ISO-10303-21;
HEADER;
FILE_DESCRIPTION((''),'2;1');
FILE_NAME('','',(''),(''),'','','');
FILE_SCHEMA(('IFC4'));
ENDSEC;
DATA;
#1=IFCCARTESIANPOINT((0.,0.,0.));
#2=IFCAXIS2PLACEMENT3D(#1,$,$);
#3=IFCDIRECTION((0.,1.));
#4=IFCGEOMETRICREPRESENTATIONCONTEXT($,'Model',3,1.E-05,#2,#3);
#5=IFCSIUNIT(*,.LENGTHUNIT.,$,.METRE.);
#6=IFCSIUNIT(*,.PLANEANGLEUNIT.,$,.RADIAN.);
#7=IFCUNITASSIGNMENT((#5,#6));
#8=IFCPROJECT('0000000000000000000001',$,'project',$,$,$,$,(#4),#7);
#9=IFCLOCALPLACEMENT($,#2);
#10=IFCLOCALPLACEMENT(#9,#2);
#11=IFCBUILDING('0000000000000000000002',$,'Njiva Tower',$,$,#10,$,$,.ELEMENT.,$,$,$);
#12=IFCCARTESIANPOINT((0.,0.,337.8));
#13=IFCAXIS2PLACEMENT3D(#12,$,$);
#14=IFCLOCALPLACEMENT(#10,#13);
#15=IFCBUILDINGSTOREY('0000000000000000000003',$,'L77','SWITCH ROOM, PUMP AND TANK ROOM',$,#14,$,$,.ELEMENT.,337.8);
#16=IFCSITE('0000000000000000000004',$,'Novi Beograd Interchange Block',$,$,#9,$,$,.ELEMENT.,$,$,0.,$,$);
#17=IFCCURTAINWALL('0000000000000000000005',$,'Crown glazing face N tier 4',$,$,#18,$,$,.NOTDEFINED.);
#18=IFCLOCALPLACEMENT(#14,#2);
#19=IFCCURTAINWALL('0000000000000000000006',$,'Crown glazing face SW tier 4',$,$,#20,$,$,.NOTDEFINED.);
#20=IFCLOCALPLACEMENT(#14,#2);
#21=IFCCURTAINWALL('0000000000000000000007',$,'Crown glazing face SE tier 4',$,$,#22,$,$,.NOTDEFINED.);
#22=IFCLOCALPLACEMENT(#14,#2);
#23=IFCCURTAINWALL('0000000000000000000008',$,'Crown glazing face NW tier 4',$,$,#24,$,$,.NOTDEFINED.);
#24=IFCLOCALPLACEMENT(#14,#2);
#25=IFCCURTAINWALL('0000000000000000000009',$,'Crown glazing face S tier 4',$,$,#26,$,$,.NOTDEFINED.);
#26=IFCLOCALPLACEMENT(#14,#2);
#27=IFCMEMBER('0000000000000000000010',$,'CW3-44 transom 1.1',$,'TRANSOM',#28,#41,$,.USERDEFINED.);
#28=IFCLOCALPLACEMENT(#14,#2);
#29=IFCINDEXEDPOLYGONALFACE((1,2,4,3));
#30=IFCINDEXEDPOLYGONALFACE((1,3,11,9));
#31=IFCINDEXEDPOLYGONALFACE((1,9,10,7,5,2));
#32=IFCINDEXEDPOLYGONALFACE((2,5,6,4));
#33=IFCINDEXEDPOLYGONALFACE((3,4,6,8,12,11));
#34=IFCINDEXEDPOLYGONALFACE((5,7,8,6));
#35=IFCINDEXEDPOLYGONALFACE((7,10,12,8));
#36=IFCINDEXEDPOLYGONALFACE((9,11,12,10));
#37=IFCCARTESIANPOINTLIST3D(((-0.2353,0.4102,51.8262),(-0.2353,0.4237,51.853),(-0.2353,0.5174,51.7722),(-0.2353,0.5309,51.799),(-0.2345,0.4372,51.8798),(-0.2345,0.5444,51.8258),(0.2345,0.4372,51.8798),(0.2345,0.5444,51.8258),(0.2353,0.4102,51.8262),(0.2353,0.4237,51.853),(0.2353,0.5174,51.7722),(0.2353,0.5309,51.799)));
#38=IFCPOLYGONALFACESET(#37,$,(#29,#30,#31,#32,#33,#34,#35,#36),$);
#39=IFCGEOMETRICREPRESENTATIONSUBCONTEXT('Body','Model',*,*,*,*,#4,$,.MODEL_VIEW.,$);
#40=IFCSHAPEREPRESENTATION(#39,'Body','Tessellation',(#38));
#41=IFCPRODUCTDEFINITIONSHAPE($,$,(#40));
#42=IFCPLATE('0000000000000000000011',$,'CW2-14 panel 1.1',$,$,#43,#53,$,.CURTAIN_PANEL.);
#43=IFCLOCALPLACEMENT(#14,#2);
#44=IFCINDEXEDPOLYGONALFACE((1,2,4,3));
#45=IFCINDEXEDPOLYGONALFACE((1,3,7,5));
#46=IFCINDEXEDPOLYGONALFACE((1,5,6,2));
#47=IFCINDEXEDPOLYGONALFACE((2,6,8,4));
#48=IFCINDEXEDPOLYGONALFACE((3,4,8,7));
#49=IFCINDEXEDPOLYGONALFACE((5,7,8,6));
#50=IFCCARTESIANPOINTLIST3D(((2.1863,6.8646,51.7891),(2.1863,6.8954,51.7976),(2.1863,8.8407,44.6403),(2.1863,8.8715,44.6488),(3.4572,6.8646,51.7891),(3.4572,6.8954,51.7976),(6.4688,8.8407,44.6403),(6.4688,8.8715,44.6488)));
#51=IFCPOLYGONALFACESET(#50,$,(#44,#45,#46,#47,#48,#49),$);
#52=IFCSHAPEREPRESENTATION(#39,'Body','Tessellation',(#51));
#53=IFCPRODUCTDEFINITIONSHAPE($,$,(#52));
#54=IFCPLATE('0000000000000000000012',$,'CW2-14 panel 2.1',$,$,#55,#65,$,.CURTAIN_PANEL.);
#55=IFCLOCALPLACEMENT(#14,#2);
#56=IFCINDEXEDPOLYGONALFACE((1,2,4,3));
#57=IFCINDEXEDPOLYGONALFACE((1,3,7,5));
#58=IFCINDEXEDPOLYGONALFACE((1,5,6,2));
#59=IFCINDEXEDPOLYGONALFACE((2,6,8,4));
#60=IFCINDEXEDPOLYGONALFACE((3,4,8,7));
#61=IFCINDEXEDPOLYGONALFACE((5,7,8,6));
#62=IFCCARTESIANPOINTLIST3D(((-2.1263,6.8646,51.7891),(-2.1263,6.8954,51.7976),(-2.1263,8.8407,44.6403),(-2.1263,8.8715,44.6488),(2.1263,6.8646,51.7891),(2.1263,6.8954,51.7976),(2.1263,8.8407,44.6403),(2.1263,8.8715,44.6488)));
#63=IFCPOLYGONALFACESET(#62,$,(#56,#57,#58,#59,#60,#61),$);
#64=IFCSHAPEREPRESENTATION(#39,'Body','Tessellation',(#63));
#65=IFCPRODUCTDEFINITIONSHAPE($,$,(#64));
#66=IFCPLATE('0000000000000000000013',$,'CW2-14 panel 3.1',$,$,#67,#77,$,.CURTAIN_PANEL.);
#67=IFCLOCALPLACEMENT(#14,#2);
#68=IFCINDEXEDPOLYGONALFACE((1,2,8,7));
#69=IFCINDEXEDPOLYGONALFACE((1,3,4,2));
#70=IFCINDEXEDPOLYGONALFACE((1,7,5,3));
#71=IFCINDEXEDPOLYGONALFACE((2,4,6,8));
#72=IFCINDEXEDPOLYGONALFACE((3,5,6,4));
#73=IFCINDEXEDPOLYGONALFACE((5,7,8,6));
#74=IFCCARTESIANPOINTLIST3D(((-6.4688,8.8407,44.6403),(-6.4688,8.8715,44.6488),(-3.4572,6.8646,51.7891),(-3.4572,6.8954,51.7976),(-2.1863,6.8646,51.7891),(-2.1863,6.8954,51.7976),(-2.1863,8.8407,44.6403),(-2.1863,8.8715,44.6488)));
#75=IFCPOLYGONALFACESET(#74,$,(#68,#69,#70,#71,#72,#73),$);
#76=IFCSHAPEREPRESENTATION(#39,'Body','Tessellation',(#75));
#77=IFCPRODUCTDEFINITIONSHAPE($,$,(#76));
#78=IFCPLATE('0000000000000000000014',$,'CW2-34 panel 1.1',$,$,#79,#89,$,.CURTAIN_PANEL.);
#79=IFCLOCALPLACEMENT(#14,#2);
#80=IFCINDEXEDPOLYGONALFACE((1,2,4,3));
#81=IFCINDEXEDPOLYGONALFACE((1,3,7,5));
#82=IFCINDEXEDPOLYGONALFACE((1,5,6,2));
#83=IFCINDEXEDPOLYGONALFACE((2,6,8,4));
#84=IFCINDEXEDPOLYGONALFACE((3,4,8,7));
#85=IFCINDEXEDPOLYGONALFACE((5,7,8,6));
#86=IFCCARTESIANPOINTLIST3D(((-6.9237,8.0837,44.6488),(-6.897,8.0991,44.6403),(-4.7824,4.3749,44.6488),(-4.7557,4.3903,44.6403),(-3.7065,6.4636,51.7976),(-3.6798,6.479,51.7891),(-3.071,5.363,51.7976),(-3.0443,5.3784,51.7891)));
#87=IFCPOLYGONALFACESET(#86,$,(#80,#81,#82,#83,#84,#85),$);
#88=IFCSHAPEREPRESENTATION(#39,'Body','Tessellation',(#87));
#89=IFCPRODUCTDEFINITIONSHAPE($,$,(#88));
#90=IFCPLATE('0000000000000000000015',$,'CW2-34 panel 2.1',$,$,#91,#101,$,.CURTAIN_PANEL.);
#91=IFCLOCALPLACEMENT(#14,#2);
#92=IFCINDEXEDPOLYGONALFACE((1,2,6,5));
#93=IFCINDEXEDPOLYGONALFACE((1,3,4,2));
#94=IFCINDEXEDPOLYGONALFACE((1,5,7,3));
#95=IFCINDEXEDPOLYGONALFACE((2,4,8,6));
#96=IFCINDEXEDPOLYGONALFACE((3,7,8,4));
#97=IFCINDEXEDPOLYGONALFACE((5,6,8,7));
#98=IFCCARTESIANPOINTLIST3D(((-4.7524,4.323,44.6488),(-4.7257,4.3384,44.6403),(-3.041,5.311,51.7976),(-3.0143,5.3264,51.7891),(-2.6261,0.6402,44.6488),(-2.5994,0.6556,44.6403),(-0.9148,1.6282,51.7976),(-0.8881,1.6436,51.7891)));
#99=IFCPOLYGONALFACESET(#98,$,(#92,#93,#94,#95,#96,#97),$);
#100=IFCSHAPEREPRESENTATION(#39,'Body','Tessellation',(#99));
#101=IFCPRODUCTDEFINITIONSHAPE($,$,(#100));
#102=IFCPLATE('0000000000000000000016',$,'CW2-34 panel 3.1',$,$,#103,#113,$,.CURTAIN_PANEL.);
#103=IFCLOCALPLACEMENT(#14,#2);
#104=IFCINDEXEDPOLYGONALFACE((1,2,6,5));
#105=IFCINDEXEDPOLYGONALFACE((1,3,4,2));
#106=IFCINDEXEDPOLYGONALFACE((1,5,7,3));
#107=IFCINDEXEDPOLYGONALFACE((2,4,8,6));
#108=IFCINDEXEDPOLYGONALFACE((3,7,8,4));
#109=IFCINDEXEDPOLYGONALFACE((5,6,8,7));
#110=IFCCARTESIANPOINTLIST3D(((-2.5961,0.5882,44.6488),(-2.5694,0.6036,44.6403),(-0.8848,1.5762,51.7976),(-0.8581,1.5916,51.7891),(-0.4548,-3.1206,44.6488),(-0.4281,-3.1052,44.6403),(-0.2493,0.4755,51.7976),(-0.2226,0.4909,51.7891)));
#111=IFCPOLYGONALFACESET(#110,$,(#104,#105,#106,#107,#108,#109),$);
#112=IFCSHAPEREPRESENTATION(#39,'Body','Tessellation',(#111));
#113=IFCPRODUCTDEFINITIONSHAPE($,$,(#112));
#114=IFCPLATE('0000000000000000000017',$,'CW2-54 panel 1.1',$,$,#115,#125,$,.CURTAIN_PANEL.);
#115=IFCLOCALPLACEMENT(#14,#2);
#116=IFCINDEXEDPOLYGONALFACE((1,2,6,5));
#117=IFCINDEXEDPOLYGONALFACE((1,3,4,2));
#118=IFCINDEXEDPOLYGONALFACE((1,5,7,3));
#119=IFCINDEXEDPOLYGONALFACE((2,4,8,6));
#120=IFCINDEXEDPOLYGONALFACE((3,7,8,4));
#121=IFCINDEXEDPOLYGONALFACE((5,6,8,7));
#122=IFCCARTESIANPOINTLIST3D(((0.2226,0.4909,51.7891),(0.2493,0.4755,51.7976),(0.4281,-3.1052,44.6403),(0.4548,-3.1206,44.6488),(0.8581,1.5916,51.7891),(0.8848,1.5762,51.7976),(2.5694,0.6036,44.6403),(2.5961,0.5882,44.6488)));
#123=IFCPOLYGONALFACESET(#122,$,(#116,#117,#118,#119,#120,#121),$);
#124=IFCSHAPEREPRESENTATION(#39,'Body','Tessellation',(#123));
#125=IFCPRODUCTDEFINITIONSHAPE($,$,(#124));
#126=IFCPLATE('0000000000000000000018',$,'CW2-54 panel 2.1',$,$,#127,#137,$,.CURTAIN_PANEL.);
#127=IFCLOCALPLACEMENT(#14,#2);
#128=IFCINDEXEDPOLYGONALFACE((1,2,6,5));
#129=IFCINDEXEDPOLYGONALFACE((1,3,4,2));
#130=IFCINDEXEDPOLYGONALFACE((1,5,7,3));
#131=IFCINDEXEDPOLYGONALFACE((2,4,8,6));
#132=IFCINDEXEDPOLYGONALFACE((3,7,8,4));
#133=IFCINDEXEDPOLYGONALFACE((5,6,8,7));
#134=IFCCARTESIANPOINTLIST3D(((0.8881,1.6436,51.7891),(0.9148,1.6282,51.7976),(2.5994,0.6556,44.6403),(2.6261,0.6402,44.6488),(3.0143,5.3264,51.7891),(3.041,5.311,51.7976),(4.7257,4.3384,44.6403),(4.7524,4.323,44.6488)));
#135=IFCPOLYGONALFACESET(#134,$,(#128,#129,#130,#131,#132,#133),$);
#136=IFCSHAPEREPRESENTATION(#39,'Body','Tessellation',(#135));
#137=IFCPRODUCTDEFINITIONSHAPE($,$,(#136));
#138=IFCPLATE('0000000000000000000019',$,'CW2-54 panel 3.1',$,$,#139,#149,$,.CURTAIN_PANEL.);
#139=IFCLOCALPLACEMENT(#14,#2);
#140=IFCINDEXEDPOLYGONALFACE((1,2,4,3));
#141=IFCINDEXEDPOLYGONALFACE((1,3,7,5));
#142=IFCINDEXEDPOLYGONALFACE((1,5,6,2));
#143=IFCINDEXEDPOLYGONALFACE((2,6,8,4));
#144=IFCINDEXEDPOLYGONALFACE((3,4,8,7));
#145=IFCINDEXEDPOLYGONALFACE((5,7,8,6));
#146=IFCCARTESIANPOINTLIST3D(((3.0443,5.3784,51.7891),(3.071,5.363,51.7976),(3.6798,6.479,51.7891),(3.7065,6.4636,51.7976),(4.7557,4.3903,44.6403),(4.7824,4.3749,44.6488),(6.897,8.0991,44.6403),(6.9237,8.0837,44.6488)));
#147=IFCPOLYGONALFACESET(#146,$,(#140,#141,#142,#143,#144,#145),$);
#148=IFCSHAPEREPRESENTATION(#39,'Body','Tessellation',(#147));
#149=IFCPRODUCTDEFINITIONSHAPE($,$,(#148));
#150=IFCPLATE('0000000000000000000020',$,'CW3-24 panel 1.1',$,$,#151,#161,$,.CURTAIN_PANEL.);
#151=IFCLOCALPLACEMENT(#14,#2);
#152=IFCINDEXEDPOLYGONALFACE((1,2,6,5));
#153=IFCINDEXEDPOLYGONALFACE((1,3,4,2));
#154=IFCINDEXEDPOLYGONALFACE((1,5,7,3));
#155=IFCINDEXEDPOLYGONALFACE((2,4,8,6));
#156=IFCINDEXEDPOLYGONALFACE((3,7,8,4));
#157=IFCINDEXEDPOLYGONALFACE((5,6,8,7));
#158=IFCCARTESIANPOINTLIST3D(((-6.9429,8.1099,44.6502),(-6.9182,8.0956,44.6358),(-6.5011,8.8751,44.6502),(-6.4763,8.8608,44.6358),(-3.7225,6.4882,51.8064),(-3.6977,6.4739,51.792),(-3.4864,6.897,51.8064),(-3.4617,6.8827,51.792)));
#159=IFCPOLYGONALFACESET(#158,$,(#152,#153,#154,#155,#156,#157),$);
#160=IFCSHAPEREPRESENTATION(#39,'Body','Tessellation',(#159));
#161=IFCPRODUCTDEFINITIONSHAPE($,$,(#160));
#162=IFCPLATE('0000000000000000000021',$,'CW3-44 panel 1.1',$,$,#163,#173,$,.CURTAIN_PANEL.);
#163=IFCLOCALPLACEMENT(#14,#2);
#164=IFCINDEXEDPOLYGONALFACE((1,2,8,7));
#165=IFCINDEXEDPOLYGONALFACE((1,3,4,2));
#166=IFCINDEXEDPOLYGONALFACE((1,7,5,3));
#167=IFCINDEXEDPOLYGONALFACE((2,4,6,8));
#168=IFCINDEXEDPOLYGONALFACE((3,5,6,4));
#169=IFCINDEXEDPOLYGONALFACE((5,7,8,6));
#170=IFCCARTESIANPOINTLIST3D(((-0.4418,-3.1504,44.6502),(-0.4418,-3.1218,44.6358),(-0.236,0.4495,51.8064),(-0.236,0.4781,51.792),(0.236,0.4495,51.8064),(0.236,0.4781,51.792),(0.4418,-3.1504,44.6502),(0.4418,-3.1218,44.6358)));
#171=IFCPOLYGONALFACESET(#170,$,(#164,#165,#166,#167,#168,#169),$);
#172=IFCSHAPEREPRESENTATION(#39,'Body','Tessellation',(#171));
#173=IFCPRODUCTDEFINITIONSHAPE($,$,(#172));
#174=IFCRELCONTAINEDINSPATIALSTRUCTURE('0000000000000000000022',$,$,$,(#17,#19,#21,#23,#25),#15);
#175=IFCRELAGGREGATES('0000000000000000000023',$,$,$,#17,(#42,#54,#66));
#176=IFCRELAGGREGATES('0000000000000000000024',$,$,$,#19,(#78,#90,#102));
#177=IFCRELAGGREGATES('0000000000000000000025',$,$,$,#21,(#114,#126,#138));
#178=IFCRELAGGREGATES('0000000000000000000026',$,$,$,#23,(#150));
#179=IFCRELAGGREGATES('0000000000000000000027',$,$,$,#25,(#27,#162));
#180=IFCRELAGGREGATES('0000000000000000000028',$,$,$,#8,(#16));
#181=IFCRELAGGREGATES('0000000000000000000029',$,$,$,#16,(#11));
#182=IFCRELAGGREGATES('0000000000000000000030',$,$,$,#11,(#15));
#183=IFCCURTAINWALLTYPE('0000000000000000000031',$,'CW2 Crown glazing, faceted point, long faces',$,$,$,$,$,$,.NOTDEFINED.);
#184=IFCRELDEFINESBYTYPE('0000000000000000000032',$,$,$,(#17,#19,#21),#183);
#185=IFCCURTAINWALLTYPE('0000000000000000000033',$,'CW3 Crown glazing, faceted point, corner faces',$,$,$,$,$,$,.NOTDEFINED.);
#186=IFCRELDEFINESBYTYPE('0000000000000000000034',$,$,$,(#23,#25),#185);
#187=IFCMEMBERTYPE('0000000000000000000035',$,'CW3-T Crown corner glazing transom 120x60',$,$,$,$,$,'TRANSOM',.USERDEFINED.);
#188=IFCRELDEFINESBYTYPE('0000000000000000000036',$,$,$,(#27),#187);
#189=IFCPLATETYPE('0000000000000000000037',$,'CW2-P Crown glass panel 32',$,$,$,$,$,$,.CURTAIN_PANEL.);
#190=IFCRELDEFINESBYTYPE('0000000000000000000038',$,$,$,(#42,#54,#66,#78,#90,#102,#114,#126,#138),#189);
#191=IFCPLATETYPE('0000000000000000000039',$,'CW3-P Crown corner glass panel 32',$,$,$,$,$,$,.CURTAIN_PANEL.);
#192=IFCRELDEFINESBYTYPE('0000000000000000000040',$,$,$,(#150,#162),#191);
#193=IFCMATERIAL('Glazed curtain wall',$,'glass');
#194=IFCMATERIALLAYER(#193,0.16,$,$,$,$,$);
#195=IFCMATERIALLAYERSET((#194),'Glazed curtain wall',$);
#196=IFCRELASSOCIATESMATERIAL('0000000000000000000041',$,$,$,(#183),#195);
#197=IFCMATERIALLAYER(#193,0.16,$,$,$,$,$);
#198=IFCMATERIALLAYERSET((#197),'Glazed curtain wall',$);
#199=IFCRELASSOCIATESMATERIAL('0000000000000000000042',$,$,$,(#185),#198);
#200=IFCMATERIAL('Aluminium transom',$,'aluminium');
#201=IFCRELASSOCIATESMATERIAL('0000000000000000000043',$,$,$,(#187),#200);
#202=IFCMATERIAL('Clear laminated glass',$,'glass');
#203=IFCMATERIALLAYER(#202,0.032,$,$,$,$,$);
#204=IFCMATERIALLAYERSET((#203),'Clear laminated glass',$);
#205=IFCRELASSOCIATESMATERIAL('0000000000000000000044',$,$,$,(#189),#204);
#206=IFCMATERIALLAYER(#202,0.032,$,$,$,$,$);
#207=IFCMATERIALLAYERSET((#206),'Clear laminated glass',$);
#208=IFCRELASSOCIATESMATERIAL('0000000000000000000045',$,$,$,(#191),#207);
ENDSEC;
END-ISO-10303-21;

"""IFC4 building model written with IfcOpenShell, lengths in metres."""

from ifc_helpers import new_model, si_unit, direction, frame, origin, origin_2d, place, context, subcontext, project, spatial, polyline, rectangle, outline, extrude, clip, halfspace, material, layer, layer_set, material_profile, profile_set, type_object, element, aggregate, save


model = new_model("IFC4")

# Units and contexts
model_context = context("Model", 3, precision=1e-05, world=origin(), true_north=direction((0.0, 1.0)))
body_context = subcontext(model_context, "Body", "Model", "MODEL_VIEW")
ifc_project = project(units=[si_unit("LENGTHUNIT", "METRE"), si_unit("PLANEANGLEUNIT", "RADIAN")], contexts=[model_context])

# Site, building, storey
site_placement = place(None, origin())
site = spatial("IfcSite", under=ifc_project, at=site_placement, Name="Novi Beograd Interchange Block", CompositionType="ELEMENT", RefElevation=0.0)
building_placement = place(site_placement, origin())
building = spatial("IfcBuilding", under=site, at=building_placement, Name="Njiva Tower", CompositionType="ELEMENT")
storey_placement = place(building_placement, frame((0.0, 0.0, 337.8)))
storey = spatial("IfcBuildingStorey", under=building, at=storey_placement, Name="L77", Description="SWITCH ROOM, PUMP AND TANK ROOM", CompositionType="ELEMENT", Elevation=337.8)

# Curtain walls
ifc_material_1 = material(Name="Glazed curtain wall", Category="glass")
ifc_layer_1 = layer(ifc_material_1, 0.16)
ifc_layer_set_1 = layer_set([ifc_layer_1], Name="Glazed curtain wall")
curtain_wall_type_1 = type_object("IfcCurtainWallType", Name="CW2 Crown glazing, faceted point, long faces", PredefinedType="NOTDEFINED", material=ifc_layer_set_1)
curtain_wall_1_placement = place(storey_placement, origin())
curtain_wall_1 = element("IfcCurtainWall", 1, at=curtain_wall_1_placement, inside=storey, type_object=curtain_wall_type_1, Name="Crown glazing face N tier 4", PredefinedType="NOTDEFINED")
curtain_wall_2_placement = place(storey_placement, origin())
curtain_wall_2 = element("IfcCurtainWall", 2, at=curtain_wall_2_placement, inside=storey, type_object=curtain_wall_type_1, Name="Crown glazing face SW tier 4", PredefinedType="NOTDEFINED")
curtain_wall_3_placement = place(storey_placement, origin())
curtain_wall_3 = element("IfcCurtainWall", 3, at=curtain_wall_3_placement, inside=storey, type_object=curtain_wall_type_1, Name="Crown glazing face SE tier 4", PredefinedType="NOTDEFINED")

# Curtain walls, member
ifc_layer_2 = layer(ifc_material_1, 0.16)
ifc_layer_set_2 = layer_set([ifc_layer_2], Name="Glazed curtain wall")
curtain_wall_type_2 = type_object("IfcCurtainWallType", Name="CW3 Crown glazing, faceted point, corner faces", PredefinedType="NOTDEFINED", material=ifc_layer_set_2)
curtain_wall_4_placement = place(storey_placement, origin())
curtain_wall_4 = element("IfcCurtainWall", 4, at=curtain_wall_4_placement, inside=storey, type_object=curtain_wall_type_2, Name="Crown glazing face NW tier 4", PredefinedType="NOTDEFINED")
ifc_material_2 = material(Name="Aluminium transom", Category="aluminium")
ifc_material_profile_1 = material_profile(ifc_material_2, rectangle(XDim=0.12, YDim=0.06, at=origin_2d()), Name="RECT 120x60")
ifc_profile_set_1 = profile_set([ifc_material_profile_1], Name="Aluminium transom")
member_type_1 = type_object("IfcMemberType", Name="CW3-T Crown corner glazing transom 120x60", ElementType="TRANSOM", PredefinedType="USERDEFINED", material=ifc_profile_set_1)
curtain_wall_5_placement = place(storey_placement, origin())
curtain_wall_5 = element("IfcCurtainWall", 5, at=curtain_wall_5_placement, inside=storey, type_object=curtain_wall_type_2, Name="Crown glazing face S tier 4", PredefinedType="NOTDEFINED")
member_1_placement = place(storey_placement, frame((-0.2353, 0.4773, 51.826), z_axis=(1.0, 0.0, 0.0), x_axis=(0.0, -0.893337, 0.449387)))
member_1 = element("IfcMember", 6, at=member_1_placement, type_object=member_type_1, Name="CW3-44 transom 1.1", ObjectType="TRANSOM", PredefinedType="USERDEFINED", context=body_context, shape_type="Clipping", body=[
    clip(clip(extrude(rectangle(XDim=0.12, YDim=0.06, at=origin_2d()), origin(), (0.0, 0.0, 1.0), 0.4706), halfspace(frame((0.06, 0.0, 0.0), z_axis=(0.0, -0.025675, -0.99967), x_axis=(0.0, -0.99967, 0.025675)), False)), halfspace(frame((0.06, 0.0, 0.4706), z_axis=(0.0, -0.025675, 0.99967), x_axis=(0.0, 0.99967, 0.025675)), False)),
])

# Plates
ifc_material_3 = material(Name="Clear laminated glass", Category="glass")
ifc_layer_3 = layer(ifc_material_3, 0.032)
ifc_layer_set_3 = layer_set([ifc_layer_3], Name="Clear laminated glass")
plate_type_1 = type_object("IfcPlateType", Name="CW2-P Crown glass panel 32", PredefinedType="CURTAIN_PANEL", material=ifc_layer_set_3)
plate_1_placement = place(storey_placement, frame((2.1863, 8.8715, 44.6488), z_axis=(0.0, 0.963854, 0.266432), x_axis=(0.0, -0.266432, 0.963854)))
plate_1 = element("IfcPlate", 7, at=plate_1_placement, type_object=plate_type_1, Name="CW2-14 panel 1.1", PredefinedType="CURTAIN_PANEL", context=body_context, shape_type="SweptSolid", body=[
    extrude(outline(polyline([(0.0, 0.0), (7.4169, 0.0), (7.4169, 1.2709), (0.0, 4.2825), (0.0, 0.0)])), origin(), (0.0, 0.0, -1.0), 0.032),
])
plate_2_placement = place(storey_placement, frame((-2.1263, 8.8715, 44.6488), z_axis=(0.0, 0.963854, 0.266432), x_axis=(0.0, -0.266432, 0.963854)))
plate_2 = element("IfcPlate", 8, at=plate_2_placement, type_object=plate_type_1, Name="CW2-14 panel 2.1", PredefinedType="CURTAIN_PANEL", context=body_context, shape_type="SweptSolid", body=[
    extrude(outline(polyline([(0.0, 0.0), (7.4169, 0.0), (7.4169, 4.2526), (0.0, 4.2526), (0.0, 0.0)])), origin(), (0.0, 0.0, -1.0), 0.032),
])
plate_3_placement = place(storey_placement, frame((-3.4572, 6.8954, 51.7976), z_axis=(0.0, 0.963854, 0.266432), x_axis=(1.0, 0.0, 0.0)))
plate_3 = element("IfcPlate", 9, at=plate_3_placement, type_object=plate_type_1, Name="CW2-14 panel 3.1", PredefinedType="CURTAIN_PANEL", context=body_context, shape_type="SweptSolid", body=[
    extrude(outline(polyline([(0.0, 0.0), (1.2709, 0.0), (1.2709, 7.4169), (-3.0116, 7.4169), (0.0, 0.0)])), origin(), (0.0, 0.0, -1.0), 0.032),
])
aggregate(curtain_wall_1, [plate_1, plate_2, plate_3])
plate_4_placement = place(storey_placement, frame((-4.7824, 4.3749, 44.6488), z_axis=(-0.834714, -0.481938, 0.266435), x_axis=(0.230739, 0.13322, 0.963853)))
plate_4 = element("IfcPlate", 10, at=plate_4_placement, type_object=plate_type_1, Name="CW2-34 panel 1.1", PredefinedType="CURTAIN_PANEL", context=body_context, shape_type="SweptSolid", body=[
    extrude(outline(polyline([(0.0, 0.0), (7.4169, 0.0), (7.4169, 1.2709), (0.0, 4.2826), (0.0, 0.0)])), origin(), (0.0, 0.0, -1.0), 0.032),
])
plate_5_placement = place(storey_placement, frame((-2.6261, 0.6402, 44.6488), z_axis=(-0.834724, -0.481925, 0.266429), x_axis=(0.230735, 0.133212, 0.963855)))
plate_5 = element("IfcPlate", 11, at=plate_5_placement, type_object=plate_type_1, Name="CW2-34 panel 2.1", PredefinedType="CURTAIN_PANEL", context=body_context, shape_type="SweptSolid", body=[
    extrude(outline(polyline([(0.0, 0.0), (7.4169, 0.0), (7.4169, 4.2525), (0.0, 4.2525), (0.0, 0.0)])), origin(), (0.0, 0.0, -1.0), 0.032),
])
plate_6_placement = place(storey_placement, frame((-0.2493, 0.4755, 51.7976), z_axis=(-0.834721, -0.481932, 0.266424), x_axis=(-0.500005, 0.866023, 0.0)))
plate_6 = element("IfcPlate", 12, at=plate_6_placement, type_object=plate_type_1, Name="CW2-34 panel 3.1", PredefinedType="CURTAIN_PANEL", context=body_context, shape_type="SweptSolid", body=[
    extrude(outline(polyline([(0.0, 0.0), (1.271, 0.0), (1.271, 7.4169), (-3.0115, 7.4169), (0.0, 0.0)])), origin(), (0.0, 0.0, -1.0), 0.032),
])
aggregate(curtain_wall_2, [plate_4, plate_5, plate_6])
plate_7_placement = place(storey_placement, frame((2.5961, 0.5882, 44.6488), z_axis=(0.834721, -0.481932, 0.266424), x_axis=(-0.230731, 0.13321, 0.963856)))
plate_7 = element("IfcPlate", 13, at=plate_7_placement, type_object=plate_type_1, Name="CW2-54 panel 1.1", PredefinedType="CURTAIN_PANEL", context=body_context, shape_type="SweptSolid", body=[
    extrude(outline(polyline([(0.0, 0.0), (7.4169, 0.0), (7.4169, 1.271), (0.0, 4.2826), (0.0, 0.0)])), origin(), (0.0, 0.0, -1.0), 0.032),
])
plate_8_placement = place(storey_placement, frame((4.7524, 4.323, 44.6488), z_axis=(0.834724, -0.481925, 0.266429), x_axis=(-0.230739, 0.133207, 0.963855)))
plate_8 = element("IfcPlate", 14, at=plate_8_placement, type_object=plate_type_1, Name="CW2-54 panel 2.1", PredefinedType="CURTAIN_PANEL", context=body_context, shape_type="SweptSolid", body=[
    extrude(outline(polyline([(0.0, 0.0), (7.4169, 0.0), (7.4169, 4.2525), (0.0, 4.2525), (0.0, 0.0)])), origin(), (0.0, 0.0, -1.0), 0.032),
])
plate_9_placement = place(storey_placement, frame((3.7065, 6.4636, 51.7976), z_axis=(0.834714, -0.481938, 0.266435), x_axis=(-0.500014, -0.866017, 0.000008)))
plate_9 = element("IfcPlate", 15, at=plate_9_placement, type_object=plate_type_1, Name="CW2-54 panel 3.1", PredefinedType="CURTAIN_PANEL", context=body_context, shape_type="SweptSolid", body=[
    extrude(outline(polyline([(0.0, 0.0), (1.2709, 0.0), (1.2708, 7.4169), (-3.0117, 7.4169), (0.0, 0.0)])), origin(), (0.0, 0.0, -1.0), 0.032),
])
aggregate(curtain_wall_3, [plate_7, plate_8, plate_9])
ifc_layer_4 = layer(ifc_material_3, 0.032)
ifc_layer_set_4 = layer_set([ifc_layer_4], Name="Clear laminated glass")
plate_type_2 = type_object("IfcPlateType", Name="CW3-P Crown corner glass panel 32", PredefinedType="CURTAIN_PANEL", material=ifc_layer_set_4)
plate_10_placement = place(storey_placement, frame((-3.7225, 6.4882, 51.8064), z_axis=(-0.773629, 0.446715, 0.449382), x_axis=(0.500065, 0.865988, 0.000035)))
plate_10 = element("IfcPlate", 16, at=plate_10_placement, type_object=plate_type_2, Name="CW3-24 panel 1.1", PredefinedType="CURTAIN_PANEL", context=body_context, shape_type="SweptSolid", body=[
    extrude(outline(polyline([(0.0, 0.0), (0.4721, 0.0), (0.6773, 8.0106), (-0.2063, 8.0106), (0.0, 0.0)])), origin(), (0.0, 0.0, -1.0), 0.032),
])
aggregate(curtain_wall_4, [plate_10])
plate_11_placement = place(storey_placement, frame((0.236, 0.4495, 51.8064), z_axis=(0.0, -0.893336, 0.449389), x_axis=(-1.0, 0.0, 0.0)))
plate_11 = element("IfcPlate", 17, at=plate_11_placement, type_object=plate_type_2, Name="CW3-44 panel 1.1", PredefinedType="CURTAIN_PANEL", context=body_context, shape_type="SweptSolid", body=[
    extrude(outline(polyline([(0.0, 0.0), (0.472, 0.0), (0.6778, 8.0106), (-0.2058, 8.0106), (0.0, 0.0)])), origin(), (0.0, 0.0, -1.0), 0.032),
])
aggregate(curtain_wall_5, [member_1, plate_11])

save(model, "model.ifc")
